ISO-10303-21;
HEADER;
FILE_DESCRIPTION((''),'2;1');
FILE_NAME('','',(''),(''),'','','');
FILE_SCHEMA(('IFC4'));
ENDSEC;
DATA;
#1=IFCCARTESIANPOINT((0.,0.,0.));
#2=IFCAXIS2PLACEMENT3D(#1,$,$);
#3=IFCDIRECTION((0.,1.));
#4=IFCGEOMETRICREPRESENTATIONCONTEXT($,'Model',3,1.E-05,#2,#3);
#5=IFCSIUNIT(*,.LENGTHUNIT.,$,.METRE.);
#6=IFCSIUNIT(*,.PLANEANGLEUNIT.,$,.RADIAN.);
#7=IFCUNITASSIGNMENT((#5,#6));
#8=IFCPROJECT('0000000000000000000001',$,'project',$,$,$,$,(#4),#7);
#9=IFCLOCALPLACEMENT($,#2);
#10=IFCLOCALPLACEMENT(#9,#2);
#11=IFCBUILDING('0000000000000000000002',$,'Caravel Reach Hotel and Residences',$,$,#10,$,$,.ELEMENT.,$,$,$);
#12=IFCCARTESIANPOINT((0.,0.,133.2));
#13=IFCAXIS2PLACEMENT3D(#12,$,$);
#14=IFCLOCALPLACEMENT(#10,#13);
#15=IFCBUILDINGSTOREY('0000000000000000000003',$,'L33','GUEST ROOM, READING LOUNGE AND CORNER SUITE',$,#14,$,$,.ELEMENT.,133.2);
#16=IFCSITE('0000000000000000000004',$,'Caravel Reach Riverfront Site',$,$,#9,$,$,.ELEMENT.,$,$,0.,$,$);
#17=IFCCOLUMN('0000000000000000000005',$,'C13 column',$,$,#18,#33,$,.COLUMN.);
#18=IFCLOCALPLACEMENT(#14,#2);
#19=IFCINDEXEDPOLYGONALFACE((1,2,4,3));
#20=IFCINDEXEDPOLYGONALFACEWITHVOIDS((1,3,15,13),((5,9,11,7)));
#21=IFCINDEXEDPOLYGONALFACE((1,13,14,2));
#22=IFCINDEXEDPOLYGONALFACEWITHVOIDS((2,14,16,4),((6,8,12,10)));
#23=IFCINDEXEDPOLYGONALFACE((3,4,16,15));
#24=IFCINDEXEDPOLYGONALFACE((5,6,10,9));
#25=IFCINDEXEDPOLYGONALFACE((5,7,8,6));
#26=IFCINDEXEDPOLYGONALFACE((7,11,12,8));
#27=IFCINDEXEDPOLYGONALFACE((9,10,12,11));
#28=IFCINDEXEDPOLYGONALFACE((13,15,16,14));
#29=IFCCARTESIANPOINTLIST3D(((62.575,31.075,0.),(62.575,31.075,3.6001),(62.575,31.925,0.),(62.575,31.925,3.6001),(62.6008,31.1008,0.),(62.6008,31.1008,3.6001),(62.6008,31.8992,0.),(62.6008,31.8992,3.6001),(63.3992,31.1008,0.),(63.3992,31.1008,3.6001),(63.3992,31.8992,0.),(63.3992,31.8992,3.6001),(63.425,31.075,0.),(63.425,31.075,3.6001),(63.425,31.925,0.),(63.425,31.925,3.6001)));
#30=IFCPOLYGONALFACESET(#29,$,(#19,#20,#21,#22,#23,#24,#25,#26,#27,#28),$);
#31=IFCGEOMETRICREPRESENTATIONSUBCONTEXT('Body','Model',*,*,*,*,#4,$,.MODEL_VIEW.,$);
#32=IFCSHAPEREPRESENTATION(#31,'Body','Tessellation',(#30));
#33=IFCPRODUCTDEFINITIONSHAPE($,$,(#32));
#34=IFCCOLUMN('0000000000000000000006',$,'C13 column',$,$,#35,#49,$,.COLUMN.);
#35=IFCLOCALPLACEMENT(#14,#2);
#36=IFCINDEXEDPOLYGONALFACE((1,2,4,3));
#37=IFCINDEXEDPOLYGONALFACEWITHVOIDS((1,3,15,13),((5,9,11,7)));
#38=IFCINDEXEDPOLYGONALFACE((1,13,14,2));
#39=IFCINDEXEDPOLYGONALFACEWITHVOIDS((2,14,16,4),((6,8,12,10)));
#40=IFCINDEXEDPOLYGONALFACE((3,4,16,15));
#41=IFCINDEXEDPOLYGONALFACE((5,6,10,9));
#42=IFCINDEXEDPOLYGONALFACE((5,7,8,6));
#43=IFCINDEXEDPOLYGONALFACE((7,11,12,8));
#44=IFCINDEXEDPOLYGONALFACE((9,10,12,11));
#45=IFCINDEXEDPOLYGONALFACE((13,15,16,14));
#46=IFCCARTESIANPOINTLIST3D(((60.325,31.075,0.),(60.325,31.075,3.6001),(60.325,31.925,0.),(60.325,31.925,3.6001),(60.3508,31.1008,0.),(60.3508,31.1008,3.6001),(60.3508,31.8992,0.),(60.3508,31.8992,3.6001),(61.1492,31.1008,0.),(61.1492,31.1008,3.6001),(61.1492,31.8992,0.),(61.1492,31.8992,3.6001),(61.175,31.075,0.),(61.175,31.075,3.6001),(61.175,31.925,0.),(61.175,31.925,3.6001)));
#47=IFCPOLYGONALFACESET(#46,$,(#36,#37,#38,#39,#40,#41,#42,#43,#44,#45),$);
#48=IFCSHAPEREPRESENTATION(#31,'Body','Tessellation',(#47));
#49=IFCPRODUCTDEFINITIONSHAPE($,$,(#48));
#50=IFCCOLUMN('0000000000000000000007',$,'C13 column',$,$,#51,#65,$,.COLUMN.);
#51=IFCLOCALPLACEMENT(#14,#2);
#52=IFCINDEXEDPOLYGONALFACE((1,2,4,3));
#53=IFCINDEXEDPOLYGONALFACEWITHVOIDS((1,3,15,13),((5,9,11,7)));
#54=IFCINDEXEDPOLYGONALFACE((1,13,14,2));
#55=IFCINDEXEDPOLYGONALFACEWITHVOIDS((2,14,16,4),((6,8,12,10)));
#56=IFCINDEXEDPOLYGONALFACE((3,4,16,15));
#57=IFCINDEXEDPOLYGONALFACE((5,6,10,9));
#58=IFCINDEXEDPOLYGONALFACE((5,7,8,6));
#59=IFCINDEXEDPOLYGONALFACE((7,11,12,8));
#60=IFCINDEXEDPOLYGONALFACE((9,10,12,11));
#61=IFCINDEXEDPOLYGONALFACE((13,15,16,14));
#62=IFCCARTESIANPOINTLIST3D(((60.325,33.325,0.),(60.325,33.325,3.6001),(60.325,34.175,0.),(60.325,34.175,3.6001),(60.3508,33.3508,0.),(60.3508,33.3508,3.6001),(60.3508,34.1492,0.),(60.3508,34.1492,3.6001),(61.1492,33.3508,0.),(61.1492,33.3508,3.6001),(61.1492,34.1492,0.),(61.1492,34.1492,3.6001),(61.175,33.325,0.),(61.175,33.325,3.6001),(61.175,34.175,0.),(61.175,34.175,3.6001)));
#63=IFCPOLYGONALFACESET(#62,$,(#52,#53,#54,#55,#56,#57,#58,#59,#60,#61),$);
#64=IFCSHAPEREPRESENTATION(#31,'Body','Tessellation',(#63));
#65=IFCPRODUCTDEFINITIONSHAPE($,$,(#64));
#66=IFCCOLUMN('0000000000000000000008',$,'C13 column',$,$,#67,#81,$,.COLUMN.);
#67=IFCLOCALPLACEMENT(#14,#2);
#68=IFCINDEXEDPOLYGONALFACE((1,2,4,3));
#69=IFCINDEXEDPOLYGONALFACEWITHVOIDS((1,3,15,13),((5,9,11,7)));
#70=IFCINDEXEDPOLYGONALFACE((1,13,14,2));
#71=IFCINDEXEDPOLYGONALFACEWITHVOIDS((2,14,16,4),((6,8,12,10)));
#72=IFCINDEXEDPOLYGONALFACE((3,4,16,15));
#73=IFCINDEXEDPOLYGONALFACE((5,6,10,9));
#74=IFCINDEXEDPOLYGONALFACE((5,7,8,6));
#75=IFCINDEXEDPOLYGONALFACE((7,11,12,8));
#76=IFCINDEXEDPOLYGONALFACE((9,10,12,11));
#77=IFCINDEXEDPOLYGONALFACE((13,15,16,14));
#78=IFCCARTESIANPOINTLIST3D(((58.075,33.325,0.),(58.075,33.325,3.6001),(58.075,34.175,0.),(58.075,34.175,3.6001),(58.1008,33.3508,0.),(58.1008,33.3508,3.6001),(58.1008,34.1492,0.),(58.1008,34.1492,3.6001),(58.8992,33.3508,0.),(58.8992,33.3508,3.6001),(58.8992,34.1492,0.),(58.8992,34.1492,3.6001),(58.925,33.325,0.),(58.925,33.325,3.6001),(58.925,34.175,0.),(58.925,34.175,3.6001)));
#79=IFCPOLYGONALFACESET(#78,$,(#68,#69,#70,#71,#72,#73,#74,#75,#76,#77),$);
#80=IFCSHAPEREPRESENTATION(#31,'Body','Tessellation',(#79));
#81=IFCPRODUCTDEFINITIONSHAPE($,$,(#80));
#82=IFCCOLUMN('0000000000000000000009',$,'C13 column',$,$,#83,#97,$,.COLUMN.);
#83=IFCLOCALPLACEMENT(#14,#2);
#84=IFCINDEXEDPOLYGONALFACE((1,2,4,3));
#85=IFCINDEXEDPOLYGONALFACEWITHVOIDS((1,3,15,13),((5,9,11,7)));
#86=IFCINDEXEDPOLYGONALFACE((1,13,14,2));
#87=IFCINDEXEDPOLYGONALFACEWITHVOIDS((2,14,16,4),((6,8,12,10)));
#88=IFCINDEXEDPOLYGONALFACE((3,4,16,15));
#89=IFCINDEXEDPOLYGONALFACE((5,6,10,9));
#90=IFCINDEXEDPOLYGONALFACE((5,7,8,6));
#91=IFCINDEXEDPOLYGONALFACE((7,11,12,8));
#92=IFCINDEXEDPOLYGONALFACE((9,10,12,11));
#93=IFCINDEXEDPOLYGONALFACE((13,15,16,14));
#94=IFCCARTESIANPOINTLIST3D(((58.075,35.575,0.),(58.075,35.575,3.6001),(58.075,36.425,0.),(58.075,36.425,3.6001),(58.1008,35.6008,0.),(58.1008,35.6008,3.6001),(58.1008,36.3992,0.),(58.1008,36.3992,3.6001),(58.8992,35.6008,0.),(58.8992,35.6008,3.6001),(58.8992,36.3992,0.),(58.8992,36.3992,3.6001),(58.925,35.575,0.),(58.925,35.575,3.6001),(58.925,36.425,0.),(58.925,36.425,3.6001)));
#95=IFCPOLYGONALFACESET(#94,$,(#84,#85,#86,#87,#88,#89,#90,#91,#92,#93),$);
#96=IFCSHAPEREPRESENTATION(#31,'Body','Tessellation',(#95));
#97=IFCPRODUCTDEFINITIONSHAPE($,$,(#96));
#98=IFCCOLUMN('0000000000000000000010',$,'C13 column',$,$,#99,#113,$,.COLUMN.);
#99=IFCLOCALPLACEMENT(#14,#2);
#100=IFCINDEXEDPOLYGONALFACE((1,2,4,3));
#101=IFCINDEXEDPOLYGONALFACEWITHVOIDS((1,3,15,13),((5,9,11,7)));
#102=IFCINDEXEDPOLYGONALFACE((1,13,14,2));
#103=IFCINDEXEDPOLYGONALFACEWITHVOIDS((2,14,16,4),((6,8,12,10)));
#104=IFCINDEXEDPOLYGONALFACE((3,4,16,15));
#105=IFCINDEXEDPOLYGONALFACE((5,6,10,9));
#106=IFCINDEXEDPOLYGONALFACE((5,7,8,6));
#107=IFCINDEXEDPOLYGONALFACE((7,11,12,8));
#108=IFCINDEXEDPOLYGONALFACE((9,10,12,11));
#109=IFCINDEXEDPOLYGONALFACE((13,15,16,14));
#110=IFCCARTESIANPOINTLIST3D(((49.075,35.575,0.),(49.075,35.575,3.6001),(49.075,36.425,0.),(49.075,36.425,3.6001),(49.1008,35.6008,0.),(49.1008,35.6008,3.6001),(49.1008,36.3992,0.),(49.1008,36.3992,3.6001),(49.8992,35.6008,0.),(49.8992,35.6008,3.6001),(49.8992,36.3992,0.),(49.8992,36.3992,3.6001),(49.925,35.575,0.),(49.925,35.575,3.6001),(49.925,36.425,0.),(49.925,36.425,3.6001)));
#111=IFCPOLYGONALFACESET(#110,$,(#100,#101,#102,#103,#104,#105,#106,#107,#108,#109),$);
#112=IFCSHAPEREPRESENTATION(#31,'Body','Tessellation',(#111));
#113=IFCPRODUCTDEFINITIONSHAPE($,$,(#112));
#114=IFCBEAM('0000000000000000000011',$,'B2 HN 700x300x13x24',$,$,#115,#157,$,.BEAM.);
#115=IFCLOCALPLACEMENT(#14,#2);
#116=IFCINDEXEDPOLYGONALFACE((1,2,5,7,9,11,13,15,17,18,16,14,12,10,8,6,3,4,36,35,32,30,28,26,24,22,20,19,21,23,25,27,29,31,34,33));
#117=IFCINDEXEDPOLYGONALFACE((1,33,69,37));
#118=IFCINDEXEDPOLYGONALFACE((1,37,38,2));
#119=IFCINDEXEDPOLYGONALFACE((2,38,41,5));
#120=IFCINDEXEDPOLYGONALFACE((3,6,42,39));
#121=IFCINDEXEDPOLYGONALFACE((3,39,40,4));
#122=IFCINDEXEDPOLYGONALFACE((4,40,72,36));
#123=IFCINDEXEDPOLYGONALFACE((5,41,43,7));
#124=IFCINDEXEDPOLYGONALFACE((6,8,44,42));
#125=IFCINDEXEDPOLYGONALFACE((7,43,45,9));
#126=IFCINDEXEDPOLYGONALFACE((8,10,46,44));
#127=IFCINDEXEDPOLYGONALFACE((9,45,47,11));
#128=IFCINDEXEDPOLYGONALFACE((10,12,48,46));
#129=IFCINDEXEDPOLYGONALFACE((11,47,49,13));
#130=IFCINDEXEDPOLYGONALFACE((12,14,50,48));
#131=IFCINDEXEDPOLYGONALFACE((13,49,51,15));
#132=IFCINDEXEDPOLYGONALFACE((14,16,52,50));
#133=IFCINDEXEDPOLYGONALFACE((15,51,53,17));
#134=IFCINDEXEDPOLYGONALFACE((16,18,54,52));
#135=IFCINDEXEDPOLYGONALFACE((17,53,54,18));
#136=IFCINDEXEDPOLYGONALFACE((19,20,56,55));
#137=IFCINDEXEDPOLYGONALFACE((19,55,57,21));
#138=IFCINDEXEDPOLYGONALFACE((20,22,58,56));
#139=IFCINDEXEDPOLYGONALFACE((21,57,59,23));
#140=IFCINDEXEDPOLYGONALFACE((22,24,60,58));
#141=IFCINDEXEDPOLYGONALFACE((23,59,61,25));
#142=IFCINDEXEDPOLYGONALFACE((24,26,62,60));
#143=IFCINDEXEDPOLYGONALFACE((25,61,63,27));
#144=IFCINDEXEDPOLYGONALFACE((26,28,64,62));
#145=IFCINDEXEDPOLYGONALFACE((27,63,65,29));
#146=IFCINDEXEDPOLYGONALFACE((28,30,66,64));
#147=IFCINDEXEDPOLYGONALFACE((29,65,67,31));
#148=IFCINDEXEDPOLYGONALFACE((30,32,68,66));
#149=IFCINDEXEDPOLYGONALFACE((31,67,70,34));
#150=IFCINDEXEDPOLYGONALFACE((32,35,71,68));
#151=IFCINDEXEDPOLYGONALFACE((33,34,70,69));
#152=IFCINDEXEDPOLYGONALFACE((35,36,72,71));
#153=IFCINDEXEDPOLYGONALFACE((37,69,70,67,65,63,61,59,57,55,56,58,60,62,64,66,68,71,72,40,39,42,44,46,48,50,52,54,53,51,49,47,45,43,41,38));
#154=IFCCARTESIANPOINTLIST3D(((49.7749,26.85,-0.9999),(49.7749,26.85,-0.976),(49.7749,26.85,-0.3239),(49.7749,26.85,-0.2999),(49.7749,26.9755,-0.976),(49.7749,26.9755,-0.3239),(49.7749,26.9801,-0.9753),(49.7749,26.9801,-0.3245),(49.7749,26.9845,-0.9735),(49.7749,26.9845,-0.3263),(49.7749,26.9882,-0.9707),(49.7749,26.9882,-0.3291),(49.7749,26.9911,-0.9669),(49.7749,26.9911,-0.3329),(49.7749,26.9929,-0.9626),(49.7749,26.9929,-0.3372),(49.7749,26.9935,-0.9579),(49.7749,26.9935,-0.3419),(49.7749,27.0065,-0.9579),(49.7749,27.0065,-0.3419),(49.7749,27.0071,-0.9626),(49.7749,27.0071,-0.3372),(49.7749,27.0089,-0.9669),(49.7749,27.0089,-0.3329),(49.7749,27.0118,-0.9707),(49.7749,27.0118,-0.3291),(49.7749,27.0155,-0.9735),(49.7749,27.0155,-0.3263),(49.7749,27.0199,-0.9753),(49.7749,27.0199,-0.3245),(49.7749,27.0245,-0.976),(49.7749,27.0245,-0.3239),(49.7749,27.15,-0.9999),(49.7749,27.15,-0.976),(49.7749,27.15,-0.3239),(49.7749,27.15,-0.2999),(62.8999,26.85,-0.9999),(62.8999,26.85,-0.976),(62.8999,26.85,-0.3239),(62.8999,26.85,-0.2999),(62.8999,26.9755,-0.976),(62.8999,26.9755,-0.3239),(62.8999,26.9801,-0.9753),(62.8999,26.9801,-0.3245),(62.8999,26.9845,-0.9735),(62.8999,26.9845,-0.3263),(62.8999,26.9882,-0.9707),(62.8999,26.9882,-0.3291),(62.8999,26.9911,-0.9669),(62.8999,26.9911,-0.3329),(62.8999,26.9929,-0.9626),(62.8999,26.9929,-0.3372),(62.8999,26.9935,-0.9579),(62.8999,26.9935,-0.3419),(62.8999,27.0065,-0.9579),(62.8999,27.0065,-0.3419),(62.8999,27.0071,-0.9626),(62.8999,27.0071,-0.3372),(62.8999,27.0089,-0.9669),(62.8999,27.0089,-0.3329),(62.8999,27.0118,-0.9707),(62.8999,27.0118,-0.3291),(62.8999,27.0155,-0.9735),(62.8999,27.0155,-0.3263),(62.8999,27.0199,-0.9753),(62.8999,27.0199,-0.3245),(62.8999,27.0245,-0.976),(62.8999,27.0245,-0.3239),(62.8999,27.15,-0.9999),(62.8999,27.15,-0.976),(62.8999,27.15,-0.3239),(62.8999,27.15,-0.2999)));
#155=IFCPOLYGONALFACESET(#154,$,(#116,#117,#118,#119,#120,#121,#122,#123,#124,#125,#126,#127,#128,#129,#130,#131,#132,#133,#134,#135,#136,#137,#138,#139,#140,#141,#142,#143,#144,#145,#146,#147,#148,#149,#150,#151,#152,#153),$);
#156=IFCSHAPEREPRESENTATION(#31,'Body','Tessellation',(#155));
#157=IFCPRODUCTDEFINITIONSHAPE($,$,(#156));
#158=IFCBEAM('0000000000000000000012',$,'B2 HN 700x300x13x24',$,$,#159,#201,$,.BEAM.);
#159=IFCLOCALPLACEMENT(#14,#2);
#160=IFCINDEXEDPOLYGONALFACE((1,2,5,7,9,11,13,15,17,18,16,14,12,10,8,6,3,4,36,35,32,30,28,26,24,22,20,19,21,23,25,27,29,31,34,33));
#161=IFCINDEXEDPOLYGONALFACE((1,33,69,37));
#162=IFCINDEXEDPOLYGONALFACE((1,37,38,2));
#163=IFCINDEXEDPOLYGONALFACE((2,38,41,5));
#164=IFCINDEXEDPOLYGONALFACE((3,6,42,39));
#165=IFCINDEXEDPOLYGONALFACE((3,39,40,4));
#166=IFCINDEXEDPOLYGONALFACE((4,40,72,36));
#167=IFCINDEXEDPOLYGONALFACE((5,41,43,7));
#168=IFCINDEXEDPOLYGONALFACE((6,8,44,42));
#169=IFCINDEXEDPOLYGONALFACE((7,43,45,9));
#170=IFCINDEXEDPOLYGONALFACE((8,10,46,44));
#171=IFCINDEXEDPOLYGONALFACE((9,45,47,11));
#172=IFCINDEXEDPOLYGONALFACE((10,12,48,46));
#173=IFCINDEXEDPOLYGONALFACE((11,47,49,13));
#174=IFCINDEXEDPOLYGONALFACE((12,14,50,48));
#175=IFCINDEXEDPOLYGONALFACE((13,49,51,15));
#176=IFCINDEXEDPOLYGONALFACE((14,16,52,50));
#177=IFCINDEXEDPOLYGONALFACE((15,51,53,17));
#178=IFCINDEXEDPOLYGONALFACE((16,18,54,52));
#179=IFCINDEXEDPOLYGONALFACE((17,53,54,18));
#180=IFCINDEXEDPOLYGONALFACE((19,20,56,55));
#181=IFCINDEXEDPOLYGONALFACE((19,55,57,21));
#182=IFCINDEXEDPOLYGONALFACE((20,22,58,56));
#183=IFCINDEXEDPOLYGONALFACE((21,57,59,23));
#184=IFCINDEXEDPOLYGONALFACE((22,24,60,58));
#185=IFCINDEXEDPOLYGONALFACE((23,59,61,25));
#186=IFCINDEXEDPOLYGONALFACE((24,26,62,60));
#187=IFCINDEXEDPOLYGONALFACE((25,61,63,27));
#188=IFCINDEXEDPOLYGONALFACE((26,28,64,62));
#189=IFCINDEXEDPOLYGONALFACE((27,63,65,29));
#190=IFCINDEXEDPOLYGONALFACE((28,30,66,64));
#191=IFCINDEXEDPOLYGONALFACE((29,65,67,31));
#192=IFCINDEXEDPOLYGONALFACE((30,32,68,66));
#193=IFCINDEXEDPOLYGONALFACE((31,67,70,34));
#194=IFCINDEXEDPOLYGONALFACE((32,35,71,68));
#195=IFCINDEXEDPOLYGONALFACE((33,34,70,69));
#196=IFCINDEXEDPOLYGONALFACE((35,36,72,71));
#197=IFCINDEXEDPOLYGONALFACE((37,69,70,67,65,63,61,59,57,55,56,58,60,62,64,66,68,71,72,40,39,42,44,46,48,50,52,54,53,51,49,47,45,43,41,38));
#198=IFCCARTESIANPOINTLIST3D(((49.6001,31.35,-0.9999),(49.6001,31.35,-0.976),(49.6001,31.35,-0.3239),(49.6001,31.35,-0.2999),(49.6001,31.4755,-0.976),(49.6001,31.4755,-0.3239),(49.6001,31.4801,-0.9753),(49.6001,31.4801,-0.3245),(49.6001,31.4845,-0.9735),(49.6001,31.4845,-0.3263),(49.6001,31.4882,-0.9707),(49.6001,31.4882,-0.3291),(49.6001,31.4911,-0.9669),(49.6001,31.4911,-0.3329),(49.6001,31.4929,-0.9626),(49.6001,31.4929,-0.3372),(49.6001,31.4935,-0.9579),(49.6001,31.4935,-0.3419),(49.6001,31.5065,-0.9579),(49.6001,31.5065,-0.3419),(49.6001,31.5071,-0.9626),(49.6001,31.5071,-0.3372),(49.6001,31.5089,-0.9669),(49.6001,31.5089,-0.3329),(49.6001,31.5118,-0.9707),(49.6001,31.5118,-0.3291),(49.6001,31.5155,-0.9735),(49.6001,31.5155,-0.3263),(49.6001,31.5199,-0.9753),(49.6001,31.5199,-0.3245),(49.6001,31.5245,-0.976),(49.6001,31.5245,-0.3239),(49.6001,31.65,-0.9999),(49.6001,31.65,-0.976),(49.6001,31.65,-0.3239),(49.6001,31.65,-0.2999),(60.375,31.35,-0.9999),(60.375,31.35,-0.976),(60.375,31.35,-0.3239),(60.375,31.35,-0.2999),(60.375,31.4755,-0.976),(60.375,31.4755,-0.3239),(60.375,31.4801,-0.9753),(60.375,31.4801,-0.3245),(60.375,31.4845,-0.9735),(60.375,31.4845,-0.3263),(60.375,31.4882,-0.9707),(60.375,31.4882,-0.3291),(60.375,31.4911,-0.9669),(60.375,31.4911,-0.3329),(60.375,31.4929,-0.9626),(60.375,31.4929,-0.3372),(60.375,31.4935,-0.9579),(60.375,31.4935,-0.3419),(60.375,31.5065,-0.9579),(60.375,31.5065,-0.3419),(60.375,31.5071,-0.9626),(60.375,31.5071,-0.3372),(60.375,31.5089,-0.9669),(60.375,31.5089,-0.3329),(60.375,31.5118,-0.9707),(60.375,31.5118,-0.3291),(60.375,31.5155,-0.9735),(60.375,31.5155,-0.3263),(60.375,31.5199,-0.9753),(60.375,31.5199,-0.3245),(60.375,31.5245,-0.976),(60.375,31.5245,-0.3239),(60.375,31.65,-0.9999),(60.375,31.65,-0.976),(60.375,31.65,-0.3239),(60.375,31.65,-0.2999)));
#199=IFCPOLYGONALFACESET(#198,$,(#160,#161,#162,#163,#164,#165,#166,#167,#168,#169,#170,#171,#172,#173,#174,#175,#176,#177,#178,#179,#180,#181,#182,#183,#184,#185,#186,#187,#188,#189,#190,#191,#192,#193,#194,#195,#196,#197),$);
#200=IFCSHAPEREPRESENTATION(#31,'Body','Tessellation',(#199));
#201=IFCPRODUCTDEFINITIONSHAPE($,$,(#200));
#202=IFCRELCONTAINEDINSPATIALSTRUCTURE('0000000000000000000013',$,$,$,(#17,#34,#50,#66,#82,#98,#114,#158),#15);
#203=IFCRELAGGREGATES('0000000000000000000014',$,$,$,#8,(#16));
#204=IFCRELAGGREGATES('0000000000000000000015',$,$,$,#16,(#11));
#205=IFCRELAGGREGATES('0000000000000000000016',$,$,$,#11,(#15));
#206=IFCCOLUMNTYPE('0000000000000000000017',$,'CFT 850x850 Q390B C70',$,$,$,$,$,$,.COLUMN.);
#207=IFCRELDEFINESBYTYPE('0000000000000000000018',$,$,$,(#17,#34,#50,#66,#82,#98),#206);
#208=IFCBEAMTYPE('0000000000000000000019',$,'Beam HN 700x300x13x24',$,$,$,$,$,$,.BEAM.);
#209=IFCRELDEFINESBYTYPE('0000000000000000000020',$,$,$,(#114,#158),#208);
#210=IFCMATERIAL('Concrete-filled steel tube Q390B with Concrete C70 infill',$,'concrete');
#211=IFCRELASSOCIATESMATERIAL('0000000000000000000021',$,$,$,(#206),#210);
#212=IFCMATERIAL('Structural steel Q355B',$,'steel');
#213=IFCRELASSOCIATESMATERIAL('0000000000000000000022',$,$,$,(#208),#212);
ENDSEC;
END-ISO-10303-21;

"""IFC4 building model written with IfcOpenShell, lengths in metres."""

from ifc_helpers import new_model, si_unit, direction, frame, origin, origin_2d, place, context, subcontext, project, spatial, hollow_rectangle, i_section, extrude, material, material_profile, profile_set, type_object, element, save


model = new_model("IFC4")

# Units and contexts
model_context = context("Model", 3, precision=1e-05, world=origin(), true_north=direction((0.0, 1.0)))
body_context = subcontext(model_context, "Body", "Model", "MODEL_VIEW")
ifc_project = project(units=[si_unit("LENGTHUNIT", "METRE"), si_unit("PLANEANGLEUNIT", "RADIAN")], contexts=[model_context])

# Site, building, storey
site_placement = place(None, origin())
site = spatial("IfcSite", under=ifc_project, at=site_placement, Name="Caravel Reach Riverfront Site", CompositionType="ELEMENT", RefElevation=0.0)
building_placement = place(site_placement, origin())
building = spatial("IfcBuilding", under=site, at=building_placement, Name="Caravel Reach Hotel and Residences", CompositionType="ELEMENT")
storey_placement = place(building_placement, frame((0.0, 0.0, 133.2)))
storey = spatial("IfcBuildingStorey", under=building, at=storey_placement, Name="L33", Description="GUEST ROOM, READING LOUNGE AND CORNER SUITE", CompositionType="ELEMENT", Elevation=133.2)

# Columns
ifc_material_1 = material(Name="Concrete-filled steel tube Q390B with Concrete C70 infill", Category="concrete")
ifc_material_profile_1 = material_profile(ifc_material_1, hollow_rectangle(XDim=0.8501, YDim=0.8501, WallThickness=0.0259, at=origin_2d()), Name="RHS 850x850x26")
ifc_profile_set_1 = profile_set([ifc_material_profile_1], Name="Concrete-filled steel tube Q390B with Concrete C70 infill")
column_type = type_object("IfcColumnType", Name="CFT 850x850 Q390B C70", PredefinedType="COLUMN", material=ifc_profile_set_1)
for number, where, z_axis, x_axis, name in (
    (1, (63.0, 31.5, 0.0), (0.0, 0.0, 1.0), (1.0, 0.0, 0.0), "C13 column"),
    (2, (60.75, 31.5, 0.0), (0.0, 0.0, 1.0), (1.0, 0.0, 0.0), "C13 column"),
    (3, (60.75, 33.75, 0.0), (0.0, 0.0, 1.0), (1.0, 0.0, 0.0), "C13 column"),
    (4, (58.5, 33.75, 0.0), (0.0, 0.0, 1.0), (1.0, 0.0, 0.0), "C13 column"),
    (5, (58.5, 36.0, 0.0), (0.0, 0.0, 1.0), (1.0, 0.0, 0.0), "C13 column"),
    (6, (49.5, 36.0, 0.0), (0.0, 0.0, 1.0), (1.0, 0.0, 0.0), "C13 column"),
):
    element("IfcColumn", number, at=place(storey_placement, frame(where, z_axis=z_axis, x_axis=x_axis)), inside=storey, type_object=column_type, Name=name, PredefinedType="COLUMN", context=body_context, shape_type="SweptSolid", body=[
        extrude(hollow_rectangle(XDim=0.8501, YDim=0.8501, WallThickness=0.0259, at=origin_2d()), origin(), (0.0, 0.0, 1.0), 3.6001),
    ])

# Beams
ifc_material_2 = material(Name="Structural steel Q355B", Category="steel")
ifc_material_profile_2 = material_profile(ifc_material_2, i_section(OverallWidth=0.3, OverallDepth=0.7, WebThickness=0.0129, FlangeThickness=0.0239, FilletRadius=0.0181, at=origin_2d()), Name="HN 700x300x13x24")
ifc_profile_set_2 = profile_set([ifc_material_profile_2], Name="Structural steel Q355B")
beam_type_1 = type_object("IfcBeamType", Name="Beam HN 700x300x13x24", PredefinedType="BEAM", material=ifc_profile_set_2)
beam_1_placement = place(storey_placement, frame((49.7749, 27.0, -0.6499), z_axis=(1.0, 0.0, 0.0), x_axis=(0.0, 1.0, 0.0)))
element("IfcBeam", 7, at=beam_1_placement, inside=storey, type_object=beam_type_1, Name="B2 HN 700x300x13x24", PredefinedType="BEAM", context=body_context, shape_type="SweptSolid", body=[
    extrude(i_section(OverallWidth=0.3, OverallDepth=0.7, WebThickness=0.0129, FlangeThickness=0.0239, FilletRadius=0.0181, at=origin_2d()), origin(), (0.0, 0.0, 1.0), 13.125),
])
beam_2_placement = place(storey_placement, frame((49.6001, 31.5, -0.6499), z_axis=(1.0, 0.0, 0.0), x_axis=(0.0, 1.0, 0.0)))
element("IfcBeam", 8, at=beam_2_placement, inside=storey, type_object=beam_type_1, Name="B2 HN 700x300x13x24", PredefinedType="BEAM", context=body_context, shape_type="SweptSolid", body=[
    extrude(i_section(OverallWidth=0.3, OverallDepth=0.7, WebThickness=0.0129, FlangeThickness=0.0239, FilletRadius=0.0181, at=origin_2d()), origin(), (0.0, 0.0, 1.0), 10.7749),
])

save(model, "model.ifc")
